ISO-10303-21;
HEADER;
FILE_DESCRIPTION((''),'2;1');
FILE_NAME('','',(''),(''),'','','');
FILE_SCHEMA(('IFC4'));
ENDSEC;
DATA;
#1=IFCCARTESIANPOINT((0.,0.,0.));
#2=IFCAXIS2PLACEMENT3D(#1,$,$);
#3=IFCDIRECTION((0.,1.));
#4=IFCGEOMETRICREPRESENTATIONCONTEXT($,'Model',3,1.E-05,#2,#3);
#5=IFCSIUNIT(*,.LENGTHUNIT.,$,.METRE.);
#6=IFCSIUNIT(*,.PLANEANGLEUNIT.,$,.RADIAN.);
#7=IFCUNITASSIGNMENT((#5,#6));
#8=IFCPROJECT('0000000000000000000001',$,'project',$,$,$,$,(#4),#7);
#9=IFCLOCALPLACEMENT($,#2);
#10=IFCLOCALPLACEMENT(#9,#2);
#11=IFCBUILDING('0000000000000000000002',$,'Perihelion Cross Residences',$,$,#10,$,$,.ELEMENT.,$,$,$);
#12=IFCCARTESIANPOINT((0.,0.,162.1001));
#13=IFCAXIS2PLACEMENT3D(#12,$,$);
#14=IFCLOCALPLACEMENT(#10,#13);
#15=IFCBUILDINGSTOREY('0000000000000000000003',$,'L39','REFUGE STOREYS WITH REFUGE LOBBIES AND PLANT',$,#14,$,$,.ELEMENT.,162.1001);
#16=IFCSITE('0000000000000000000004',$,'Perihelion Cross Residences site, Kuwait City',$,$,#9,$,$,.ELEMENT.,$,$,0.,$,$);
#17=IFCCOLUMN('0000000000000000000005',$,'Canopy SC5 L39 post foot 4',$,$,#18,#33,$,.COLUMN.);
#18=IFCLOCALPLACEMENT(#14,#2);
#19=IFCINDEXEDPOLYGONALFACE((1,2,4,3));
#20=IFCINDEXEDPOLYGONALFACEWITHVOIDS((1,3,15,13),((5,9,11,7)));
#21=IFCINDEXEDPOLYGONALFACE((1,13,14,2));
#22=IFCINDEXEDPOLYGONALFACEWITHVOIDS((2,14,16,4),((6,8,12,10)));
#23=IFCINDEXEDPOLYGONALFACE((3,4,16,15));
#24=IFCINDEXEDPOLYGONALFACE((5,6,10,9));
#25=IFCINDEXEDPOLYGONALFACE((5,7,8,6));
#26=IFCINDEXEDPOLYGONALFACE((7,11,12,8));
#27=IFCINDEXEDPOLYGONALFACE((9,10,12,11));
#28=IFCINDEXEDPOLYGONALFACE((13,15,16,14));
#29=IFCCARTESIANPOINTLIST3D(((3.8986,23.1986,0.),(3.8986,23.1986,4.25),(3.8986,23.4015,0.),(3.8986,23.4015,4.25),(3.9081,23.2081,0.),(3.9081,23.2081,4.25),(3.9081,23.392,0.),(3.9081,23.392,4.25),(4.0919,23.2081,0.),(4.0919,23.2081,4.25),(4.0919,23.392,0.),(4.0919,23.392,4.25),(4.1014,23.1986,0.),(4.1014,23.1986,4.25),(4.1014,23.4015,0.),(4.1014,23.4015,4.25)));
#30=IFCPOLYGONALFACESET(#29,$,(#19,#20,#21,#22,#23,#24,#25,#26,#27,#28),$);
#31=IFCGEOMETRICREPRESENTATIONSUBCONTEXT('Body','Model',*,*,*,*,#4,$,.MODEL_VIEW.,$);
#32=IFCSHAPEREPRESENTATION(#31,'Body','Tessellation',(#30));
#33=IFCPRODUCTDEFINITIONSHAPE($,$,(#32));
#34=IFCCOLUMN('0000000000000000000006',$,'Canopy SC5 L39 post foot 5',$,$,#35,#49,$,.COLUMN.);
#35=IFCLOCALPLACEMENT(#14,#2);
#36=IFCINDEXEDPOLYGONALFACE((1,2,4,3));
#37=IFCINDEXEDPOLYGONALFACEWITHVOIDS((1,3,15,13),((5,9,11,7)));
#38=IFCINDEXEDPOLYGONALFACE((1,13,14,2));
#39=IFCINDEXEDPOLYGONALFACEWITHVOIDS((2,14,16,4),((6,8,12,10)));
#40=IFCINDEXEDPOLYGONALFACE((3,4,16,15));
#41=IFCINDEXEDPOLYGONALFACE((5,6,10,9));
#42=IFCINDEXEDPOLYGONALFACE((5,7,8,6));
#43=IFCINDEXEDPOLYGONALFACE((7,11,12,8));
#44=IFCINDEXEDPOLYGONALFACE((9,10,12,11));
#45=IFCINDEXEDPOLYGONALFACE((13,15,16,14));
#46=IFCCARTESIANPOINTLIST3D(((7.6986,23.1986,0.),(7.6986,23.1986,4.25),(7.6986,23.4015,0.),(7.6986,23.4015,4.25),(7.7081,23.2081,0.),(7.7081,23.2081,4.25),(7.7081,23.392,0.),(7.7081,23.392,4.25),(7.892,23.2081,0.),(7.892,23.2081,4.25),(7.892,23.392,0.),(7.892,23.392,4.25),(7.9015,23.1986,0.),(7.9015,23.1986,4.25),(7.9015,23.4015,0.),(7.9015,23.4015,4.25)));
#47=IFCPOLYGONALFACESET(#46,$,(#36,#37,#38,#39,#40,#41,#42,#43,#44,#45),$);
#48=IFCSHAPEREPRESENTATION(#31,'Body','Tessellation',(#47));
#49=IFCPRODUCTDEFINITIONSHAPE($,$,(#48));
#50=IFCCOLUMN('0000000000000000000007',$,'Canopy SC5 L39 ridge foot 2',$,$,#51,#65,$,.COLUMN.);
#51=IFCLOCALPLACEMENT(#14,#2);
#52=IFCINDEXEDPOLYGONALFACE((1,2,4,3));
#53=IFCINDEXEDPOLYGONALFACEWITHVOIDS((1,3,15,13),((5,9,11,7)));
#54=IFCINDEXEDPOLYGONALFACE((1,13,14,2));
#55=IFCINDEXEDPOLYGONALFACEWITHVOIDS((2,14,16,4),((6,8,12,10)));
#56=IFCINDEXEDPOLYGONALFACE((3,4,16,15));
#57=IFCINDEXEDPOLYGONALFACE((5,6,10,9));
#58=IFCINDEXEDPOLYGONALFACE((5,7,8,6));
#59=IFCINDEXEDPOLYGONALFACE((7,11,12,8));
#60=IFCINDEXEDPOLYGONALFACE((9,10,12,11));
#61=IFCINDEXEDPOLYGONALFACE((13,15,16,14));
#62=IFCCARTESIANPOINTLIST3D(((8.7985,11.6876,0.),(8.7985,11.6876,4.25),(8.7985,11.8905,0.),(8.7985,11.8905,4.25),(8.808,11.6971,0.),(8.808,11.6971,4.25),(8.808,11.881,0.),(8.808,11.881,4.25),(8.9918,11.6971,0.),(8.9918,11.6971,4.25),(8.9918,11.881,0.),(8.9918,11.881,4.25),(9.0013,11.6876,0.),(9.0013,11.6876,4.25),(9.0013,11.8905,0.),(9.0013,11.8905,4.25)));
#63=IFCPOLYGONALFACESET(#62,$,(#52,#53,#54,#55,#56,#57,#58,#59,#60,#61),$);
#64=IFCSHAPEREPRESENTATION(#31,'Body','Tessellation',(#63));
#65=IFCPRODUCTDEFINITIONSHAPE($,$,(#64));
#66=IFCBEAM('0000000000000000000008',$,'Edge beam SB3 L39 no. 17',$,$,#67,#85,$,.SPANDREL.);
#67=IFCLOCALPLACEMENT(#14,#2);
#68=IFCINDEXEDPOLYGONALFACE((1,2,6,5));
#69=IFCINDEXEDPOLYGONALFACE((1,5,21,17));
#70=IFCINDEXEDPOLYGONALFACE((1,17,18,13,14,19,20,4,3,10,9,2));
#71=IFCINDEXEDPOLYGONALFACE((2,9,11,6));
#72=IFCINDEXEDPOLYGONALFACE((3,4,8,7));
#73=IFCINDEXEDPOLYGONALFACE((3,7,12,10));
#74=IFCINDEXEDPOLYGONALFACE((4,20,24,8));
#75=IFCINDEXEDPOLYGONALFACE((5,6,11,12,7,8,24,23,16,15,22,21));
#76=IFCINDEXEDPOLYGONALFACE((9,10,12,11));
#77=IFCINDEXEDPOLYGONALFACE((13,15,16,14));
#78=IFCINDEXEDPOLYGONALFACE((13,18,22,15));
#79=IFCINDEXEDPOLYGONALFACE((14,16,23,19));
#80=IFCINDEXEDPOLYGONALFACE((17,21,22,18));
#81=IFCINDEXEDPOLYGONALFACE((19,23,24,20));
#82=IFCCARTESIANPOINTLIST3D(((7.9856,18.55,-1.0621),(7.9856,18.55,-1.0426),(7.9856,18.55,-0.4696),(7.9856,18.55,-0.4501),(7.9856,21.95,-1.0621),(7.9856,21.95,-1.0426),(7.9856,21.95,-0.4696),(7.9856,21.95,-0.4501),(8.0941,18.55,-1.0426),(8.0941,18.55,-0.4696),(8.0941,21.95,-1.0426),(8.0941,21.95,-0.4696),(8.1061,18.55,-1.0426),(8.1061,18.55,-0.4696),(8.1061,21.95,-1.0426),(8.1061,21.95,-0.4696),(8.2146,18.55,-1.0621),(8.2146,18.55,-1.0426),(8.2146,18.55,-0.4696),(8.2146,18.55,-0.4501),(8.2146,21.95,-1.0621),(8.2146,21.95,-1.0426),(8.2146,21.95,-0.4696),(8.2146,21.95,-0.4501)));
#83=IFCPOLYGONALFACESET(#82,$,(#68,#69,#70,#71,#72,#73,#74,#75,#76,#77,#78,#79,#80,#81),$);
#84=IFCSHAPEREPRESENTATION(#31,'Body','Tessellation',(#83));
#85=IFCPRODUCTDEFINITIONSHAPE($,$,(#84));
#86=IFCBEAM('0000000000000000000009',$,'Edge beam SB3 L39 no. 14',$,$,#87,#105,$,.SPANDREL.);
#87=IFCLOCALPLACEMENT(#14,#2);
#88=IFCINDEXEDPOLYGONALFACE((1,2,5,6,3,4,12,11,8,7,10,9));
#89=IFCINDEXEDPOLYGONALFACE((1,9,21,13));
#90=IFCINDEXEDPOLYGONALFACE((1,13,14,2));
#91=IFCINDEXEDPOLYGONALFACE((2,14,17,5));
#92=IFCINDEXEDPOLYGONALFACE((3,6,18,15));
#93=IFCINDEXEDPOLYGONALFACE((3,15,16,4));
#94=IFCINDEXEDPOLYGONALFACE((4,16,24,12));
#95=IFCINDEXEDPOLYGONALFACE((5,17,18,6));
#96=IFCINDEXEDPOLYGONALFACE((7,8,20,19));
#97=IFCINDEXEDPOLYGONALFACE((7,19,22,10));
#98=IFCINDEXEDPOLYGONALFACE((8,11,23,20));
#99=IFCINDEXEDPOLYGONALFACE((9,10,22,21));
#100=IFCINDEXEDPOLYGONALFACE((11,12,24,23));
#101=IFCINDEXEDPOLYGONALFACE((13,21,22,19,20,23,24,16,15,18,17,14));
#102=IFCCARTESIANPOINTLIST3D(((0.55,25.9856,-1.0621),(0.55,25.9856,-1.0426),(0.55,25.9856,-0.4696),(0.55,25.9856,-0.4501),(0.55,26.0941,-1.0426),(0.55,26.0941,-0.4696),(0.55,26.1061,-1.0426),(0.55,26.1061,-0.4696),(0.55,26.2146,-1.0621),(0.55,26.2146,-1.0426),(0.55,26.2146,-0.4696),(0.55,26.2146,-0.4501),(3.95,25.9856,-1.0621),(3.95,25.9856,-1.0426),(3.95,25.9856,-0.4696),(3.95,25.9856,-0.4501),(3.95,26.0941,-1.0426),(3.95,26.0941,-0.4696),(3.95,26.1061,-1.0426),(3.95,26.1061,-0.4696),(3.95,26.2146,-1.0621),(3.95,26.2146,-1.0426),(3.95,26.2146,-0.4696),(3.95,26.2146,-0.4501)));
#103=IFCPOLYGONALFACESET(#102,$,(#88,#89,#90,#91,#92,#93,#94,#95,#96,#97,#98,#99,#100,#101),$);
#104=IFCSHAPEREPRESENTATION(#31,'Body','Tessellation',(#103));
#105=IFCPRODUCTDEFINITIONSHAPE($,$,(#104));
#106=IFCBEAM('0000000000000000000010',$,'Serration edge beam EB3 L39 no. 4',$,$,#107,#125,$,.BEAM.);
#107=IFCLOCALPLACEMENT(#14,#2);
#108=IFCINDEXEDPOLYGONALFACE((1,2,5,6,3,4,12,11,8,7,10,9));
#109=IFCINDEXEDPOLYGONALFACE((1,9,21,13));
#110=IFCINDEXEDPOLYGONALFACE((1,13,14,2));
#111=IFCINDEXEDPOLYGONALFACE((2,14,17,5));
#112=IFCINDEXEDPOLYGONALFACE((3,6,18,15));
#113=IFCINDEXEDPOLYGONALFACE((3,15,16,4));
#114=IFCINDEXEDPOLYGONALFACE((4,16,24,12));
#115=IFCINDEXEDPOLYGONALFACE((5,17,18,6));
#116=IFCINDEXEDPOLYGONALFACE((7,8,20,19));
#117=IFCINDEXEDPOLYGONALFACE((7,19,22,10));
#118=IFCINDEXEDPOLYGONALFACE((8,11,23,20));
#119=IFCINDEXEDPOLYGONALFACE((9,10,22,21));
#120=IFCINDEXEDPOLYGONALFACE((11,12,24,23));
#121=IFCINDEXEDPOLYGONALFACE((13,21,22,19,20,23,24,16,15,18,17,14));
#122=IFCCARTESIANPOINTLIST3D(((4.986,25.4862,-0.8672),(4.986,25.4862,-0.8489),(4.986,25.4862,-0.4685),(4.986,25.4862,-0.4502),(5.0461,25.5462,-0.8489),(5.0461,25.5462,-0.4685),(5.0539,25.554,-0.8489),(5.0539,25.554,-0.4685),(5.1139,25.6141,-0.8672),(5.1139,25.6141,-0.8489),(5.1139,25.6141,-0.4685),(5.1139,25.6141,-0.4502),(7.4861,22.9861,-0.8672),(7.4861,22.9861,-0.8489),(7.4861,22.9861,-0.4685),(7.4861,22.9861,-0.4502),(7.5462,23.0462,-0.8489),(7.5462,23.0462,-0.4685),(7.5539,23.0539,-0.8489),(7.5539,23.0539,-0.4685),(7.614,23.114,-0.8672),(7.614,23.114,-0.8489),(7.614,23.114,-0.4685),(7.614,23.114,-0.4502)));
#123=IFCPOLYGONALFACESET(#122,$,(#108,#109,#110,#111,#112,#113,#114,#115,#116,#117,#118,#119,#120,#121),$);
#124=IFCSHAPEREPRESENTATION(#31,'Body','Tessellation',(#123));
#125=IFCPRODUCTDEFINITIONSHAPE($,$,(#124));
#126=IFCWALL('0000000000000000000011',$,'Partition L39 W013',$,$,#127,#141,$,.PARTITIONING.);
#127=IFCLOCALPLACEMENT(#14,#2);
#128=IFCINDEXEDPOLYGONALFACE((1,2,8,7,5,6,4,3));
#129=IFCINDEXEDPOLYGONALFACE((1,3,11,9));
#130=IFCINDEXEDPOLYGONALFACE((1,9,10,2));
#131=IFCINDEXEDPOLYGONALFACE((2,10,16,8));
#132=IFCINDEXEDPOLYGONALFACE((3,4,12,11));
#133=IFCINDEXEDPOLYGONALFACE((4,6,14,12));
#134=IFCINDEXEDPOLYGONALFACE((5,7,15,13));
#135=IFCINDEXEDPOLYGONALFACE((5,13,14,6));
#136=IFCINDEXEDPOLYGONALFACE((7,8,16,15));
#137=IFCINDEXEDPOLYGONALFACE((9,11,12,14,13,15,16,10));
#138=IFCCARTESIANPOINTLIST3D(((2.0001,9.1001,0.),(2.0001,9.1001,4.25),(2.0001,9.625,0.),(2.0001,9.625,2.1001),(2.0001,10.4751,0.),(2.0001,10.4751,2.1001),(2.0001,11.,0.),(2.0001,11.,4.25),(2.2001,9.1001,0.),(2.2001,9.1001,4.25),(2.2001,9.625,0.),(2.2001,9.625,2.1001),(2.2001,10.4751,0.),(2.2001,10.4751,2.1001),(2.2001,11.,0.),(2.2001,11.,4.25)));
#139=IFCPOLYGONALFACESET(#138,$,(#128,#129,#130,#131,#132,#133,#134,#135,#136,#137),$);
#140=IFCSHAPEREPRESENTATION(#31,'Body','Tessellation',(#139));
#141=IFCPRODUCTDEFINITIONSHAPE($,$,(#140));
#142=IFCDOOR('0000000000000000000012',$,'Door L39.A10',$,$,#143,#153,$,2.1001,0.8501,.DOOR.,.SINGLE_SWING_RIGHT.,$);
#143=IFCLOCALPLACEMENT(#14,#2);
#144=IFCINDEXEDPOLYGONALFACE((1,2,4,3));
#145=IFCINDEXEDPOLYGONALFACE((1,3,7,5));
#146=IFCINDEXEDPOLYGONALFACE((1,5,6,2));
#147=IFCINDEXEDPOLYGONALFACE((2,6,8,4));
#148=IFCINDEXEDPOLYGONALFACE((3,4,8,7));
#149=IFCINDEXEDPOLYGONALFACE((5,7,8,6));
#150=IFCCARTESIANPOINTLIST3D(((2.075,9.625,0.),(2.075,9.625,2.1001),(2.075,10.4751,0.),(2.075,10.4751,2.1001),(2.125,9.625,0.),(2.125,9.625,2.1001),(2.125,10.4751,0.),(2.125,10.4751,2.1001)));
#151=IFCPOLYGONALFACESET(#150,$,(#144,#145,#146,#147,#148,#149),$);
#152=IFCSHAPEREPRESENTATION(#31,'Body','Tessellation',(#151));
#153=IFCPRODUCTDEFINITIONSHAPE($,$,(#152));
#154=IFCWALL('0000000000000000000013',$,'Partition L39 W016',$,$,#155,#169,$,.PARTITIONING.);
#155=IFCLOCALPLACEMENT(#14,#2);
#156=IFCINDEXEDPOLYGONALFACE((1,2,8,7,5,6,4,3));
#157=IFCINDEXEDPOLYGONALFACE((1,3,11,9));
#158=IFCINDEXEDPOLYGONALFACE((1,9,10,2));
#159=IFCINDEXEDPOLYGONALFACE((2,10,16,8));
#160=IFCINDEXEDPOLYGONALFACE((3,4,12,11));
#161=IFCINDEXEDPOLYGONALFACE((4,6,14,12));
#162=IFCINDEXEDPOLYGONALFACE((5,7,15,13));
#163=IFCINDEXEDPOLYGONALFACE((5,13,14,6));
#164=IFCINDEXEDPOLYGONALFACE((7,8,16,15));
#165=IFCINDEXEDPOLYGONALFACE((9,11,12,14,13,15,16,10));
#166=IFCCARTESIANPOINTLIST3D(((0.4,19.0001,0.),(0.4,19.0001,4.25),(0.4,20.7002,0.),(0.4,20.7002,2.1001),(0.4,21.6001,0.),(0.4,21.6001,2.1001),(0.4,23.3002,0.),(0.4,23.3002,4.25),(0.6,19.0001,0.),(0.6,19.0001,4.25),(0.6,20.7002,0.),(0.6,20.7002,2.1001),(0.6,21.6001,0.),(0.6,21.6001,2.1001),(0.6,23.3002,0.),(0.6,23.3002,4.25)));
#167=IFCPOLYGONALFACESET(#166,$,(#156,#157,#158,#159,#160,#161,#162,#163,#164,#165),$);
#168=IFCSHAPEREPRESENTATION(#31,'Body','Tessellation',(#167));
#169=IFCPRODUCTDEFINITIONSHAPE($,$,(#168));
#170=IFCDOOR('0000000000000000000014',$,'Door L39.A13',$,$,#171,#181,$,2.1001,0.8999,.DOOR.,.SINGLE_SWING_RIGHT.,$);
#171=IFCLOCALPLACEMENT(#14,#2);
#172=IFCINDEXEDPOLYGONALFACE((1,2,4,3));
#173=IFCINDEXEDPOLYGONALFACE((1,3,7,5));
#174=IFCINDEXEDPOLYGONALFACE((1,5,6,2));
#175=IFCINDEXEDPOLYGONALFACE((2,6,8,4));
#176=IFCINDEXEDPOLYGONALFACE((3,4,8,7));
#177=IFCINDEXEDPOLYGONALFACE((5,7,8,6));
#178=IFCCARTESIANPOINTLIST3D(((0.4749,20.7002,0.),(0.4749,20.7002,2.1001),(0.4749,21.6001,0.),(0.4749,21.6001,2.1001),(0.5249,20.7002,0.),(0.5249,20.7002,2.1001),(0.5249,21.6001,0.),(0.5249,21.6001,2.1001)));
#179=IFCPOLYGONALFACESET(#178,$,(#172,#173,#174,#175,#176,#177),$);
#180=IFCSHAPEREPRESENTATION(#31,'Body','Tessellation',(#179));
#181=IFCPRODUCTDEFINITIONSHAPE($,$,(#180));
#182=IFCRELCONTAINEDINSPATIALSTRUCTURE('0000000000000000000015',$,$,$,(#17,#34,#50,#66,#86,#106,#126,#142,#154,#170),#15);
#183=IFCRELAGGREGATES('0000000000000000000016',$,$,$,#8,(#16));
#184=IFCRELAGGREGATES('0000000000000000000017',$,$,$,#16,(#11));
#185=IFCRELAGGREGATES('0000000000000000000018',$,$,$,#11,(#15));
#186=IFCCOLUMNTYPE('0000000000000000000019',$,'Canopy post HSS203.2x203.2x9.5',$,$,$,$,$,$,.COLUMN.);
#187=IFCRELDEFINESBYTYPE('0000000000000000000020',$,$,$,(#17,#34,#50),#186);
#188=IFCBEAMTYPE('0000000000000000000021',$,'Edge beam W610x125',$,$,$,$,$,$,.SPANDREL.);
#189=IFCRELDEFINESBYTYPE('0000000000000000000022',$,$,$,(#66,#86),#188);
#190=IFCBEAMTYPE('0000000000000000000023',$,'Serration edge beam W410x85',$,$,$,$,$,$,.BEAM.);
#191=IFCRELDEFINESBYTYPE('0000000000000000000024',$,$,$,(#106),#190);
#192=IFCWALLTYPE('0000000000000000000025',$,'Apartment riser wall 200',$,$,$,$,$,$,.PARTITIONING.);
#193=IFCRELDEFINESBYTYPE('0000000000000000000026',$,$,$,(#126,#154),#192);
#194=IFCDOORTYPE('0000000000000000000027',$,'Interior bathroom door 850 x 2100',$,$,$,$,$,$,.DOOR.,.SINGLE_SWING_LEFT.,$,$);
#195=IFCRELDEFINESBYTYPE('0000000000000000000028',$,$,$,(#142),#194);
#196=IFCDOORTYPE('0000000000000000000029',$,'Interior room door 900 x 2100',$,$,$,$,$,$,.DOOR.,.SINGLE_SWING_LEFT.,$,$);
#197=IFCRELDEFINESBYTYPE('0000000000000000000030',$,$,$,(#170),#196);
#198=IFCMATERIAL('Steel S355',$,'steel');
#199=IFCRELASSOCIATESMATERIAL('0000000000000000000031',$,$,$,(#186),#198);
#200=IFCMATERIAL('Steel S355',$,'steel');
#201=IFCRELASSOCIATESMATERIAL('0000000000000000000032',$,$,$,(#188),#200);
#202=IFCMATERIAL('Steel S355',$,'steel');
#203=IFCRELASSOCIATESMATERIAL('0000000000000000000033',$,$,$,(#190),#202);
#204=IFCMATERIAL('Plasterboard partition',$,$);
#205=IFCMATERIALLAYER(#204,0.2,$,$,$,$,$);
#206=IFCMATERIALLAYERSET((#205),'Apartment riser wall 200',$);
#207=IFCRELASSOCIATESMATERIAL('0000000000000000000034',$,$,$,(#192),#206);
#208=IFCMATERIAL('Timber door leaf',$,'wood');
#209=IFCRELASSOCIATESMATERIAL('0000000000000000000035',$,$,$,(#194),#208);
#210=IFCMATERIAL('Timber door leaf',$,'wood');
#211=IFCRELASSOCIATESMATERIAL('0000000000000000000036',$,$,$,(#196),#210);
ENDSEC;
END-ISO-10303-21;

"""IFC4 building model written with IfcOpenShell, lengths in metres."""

from ifc_helpers import new_model, si_unit, direction, frame, frame_2d, origin, origin_2d, place, context, subcontext, project, spatial, rectangle, hollow_rectangle, i_section, extrude, material, layer, layer_set, material_profile, profile_set, type_object, element, fill, save


model = new_model("IFC4")

# Units and contexts
model_context = context("Model", 3, precision=1e-05, world=origin(), true_north=direction((0.0, 1.0)))
body_context = subcontext(model_context, "Body", "Model", "MODEL_VIEW")
ifc_project = project(units=[si_unit("LENGTHUNIT", "METRE"), si_unit("PLANEANGLEUNIT", "RADIAN")], contexts=[model_context])

# Site, building, storey
site_placement = place(None, origin())
site = spatial("IfcSite", under=ifc_project, at=site_placement, Name="Perihelion Cross Residences site, Kuwait City", CompositionType="ELEMENT", RefElevation=0.0)
building_placement = place(site_placement, origin())
building = spatial("IfcBuilding", under=site, at=building_placement, Name="Perihelion Cross Residences", CompositionType="ELEMENT")
storey_placement = place(building_placement, frame((0.0, 0.0, 162.1001)))
storey = spatial("IfcBuildingStorey", under=building, at=storey_placement, Name="L39", Description="REFUGE STOREYS WITH REFUGE LOBBIES AND PLANT", CompositionType="ELEMENT", Elevation=162.1001)

# Columns
ifc_material_1 = material(Name="Steel S355", Category="steel")
ifc_material_profile_1 = material_profile(ifc_material_1, hollow_rectangle(XDim=0.2029, YDim=0.2029, WallThickness=0.0095, at=origin_2d()), Name="HSS203.2x203.2x9.5")
ifc_profile_set_1 = profile_set([ifc_material_profile_1], Name="Steel S355")
column_type = type_object("IfcColumnType", Name="Canopy post HSS203.2x203.2x9.5", PredefinedType="COLUMN", material=ifc_profile_set_1)
for number, where, z_axis, x_axis, name in (
    (1, (4.0, 23.3, 0.0), (0.0, 0.0, 1.0), (1.0, 0.0, 0.0), "Canopy SC5 L39 post foot 4"),
    (2, (7.8, 23.3, 0.0), (0.0, 0.0, 1.0), (1.0, 0.0, 0.0), "Canopy SC5 L39 post foot 5"),
    (3, (8.8999, 11.7891, 0.0), (0.0, 0.0, 1.0), (1.0, 0.0, 0.0), "Canopy SC5 L39 ridge foot 2"),
):
    element("IfcColumn", number, at=place(storey_placement, frame(where, z_axis=z_axis, x_axis=x_axis)), inside=storey, type_object=column_type, Name=name, PredefinedType="COLUMN", context=body_context, shape_type="SweptSolid", body=[
        extrude(hollow_rectangle(XDim=0.2029, YDim=0.2029, WallThickness=0.0095, at=origin_2d()), origin(), (0.0, 0.0, 1.0), 4.25),
    ])

# Beams
ifc_material_2 = material(Name="Steel S355", Category="steel")
ifc_material_profile_2 = material_profile(ifc_material_2, i_section(OverallWidth=0.229, OverallDepth=0.6121, WebThickness=0.012, FlangeThickness=0.0195, at=origin_2d()), Name="W610x125")
ifc_profile_set_2 = profile_set([ifc_material_profile_2], Name="Steel S355")
beam_type_1 = type_object("IfcBeamType", Name="Edge beam W610x125", PredefinedType="SPANDREL", material=ifc_profile_set_2)
for number, where, z_axis, x_axis, name in (
    (4, (8.1001, 18.55, -0.7561), (0.0, 1.0, 0.0), (-1.0, 0.0, 0.0), "Edge beam SB3 L39 no. 17"),
    (5, (3.95, 26.1001, -0.7561), (-1.0, 0.0, 0.0), (0.0, -1.0, 0.0), "Edge beam SB3 L39 no. 14"),
):
    element("IfcBeam", number, at=place(storey_placement, frame(where, z_axis=z_axis, x_axis=x_axis)), inside=storey, type_object=beam_type_1, Name=name, PredefinedType="SPANDREL", context=body_context, shape_type="SweptSolid", body=[
        extrude(i_section(OverallWidth=0.229, OverallDepth=0.6121, WebThickness=0.012, FlangeThickness=0.0195, at=origin_2d()), origin(), (0.0, 0.0, 1.0), 3.3999),
    ])
ifc_material_3 = material(Name="Steel S355", Category="steel")
ifc_material_profile_3 = material_profile(ifc_material_3, i_section(OverallWidth=0.1809, OverallDepth=0.417, WebThickness=0.011, FlangeThickness=0.0183, at=origin_2d()), Name="W410x85")
ifc_profile_set_3 = profile_set([ifc_material_profile_3], Name="Steel S355")
beam_type_2 = type_object("IfcBeamType", Name="Serration edge beam W410x85", PredefinedType="BEAM", material=ifc_profile_set_3)
beam_placement = place(storey_placement, frame((7.55, 23.05, -0.6587), z_axis=(-0.707107, 0.707107, 0.0), x_axis=(-0.707107, -0.707107, 0.0)))
element("IfcBeam", 6, at=beam_placement, inside=storey, type_object=beam_type_2, Name="Serration edge beam EB3 L39 no. 4", PredefinedType="BEAM", context=body_context, shape_type="SweptSolid", body=[
    extrude(i_section(OverallWidth=0.1809, OverallDepth=0.417, WebThickness=0.011, FlangeThickness=0.0183, at=origin_2d()), origin(), (0.0, 0.0, 1.0), 3.5356),
])

# Walls, openings, doors
ifc_material_4 = material(Name="Plasterboard partition")
ifc_layer_1 = layer(ifc_material_4, 0.2)
ifc_layer_set_1 = layer_set([ifc_layer_1], Name="Apartment riser wall 200")
wall_type_1 = type_object("IfcWallType", Name="Apartment riser wall 200", PredefinedType="PARTITIONING", material=ifc_layer_set_1)
wall_1_placement = place(storey_placement, frame((2.1001, 11.0, 0.0), z_axis=(0.0, 0.0, 1.0), x_axis=(0.0, -1.0, 0.0)))
wall_1 = element("IfcWall", 7, at=wall_1_placement, inside=storey, type_object=wall_type_1, Name="Partition L39 W013", PredefinedType="PARTITIONING", context=body_context, shape_type="SweptSolid", body=[
    extrude(rectangle(XDim=1.8999, YDim=0.2, at=frame_2d((0.95, 0.0))), origin(), (0.0, 0.0, 1.0), 4.25),
])
opening_1_placement = place(wall_1_placement, frame((0.5249, 0.0, 0.0)))
opening_1 = element("IfcOpeningElement", 8, at=opening_1_placement, cuts=wall_1, PredefinedType="OPENING", context=body_context, shape_type="SweptSolid", body=[
    extrude(rectangle(XDim=0.8501, YDim=2.1001, at=frame_2d((0.425, 1.05))), frame((0.0, 0.1099, 0.0), z_axis=(0.0, -1.0, 0.0), x_axis=(1.0, 0.0, 0.0)), (0.0, 0.0, 1.0), 0.22),
])
ifc_material_5 = material(Name="Timber door leaf", Category="wood")
door_type_1 = type_object("IfcDoorType", Name="Interior bathroom door 850 x 2100", OperationType="SINGLE_SWING_LEFT", PredefinedType="DOOR", material=ifc_material_5)
door_1_placement = place(opening_1_placement, origin())
door_1 = element("IfcDoor", 9, at=door_1_placement, inside=storey, type_object=door_type_1, Name="Door L39.A10", OperationType="SINGLE_SWING_RIGHT", OverallHeight=2.1001, OverallWidth=0.8501, PredefinedType="DOOR", context=body_context, shape_type="SweptSolid", body=[
    extrude(rectangle(XDim=0.8501, YDim=2.1001, at=frame_2d((0.425, 1.05))), frame((0.0, 0.0249, 0.0), z_axis=(0.0, -1.0, 0.0), x_axis=(1.0, 0.0, 0.0)), (0.0, 0.0, 1.0), 0.05),
])
fill(opening_1, door_1)
wall_2_placement = place(storey_placement, frame((0.5, 23.3, 0.0), z_axis=(0.0, 0.0, 1.0), x_axis=(0.0, -1.0, 0.0)))
wall_2 = element("IfcWall", 10, at=wall_2_placement, inside=storey, type_object=wall_type_1, Name="Partition L39 W016", PredefinedType="PARTITIONING", context=body_context, shape_type="SweptSolid", body=[
    extrude(rectangle(XDim=4.3, YDim=0.2, at=frame_2d((2.1499, 0.0))), origin(), (0.0, 0.0, 1.0), 4.25),
])
opening_2_placement = place(wall_2_placement, frame((1.7, 0.0, 0.0)))
opening_2 = element("IfcOpeningElement", 11, at=opening_2_placement, cuts=wall_2, PredefinedType="OPENING", context=body_context, shape_type="SweptSolid", body=[
    extrude(rectangle(XDim=0.8999, YDim=2.1001, at=frame_2d((0.45, 1.05))), frame((0.0, 0.1099, 0.0), z_axis=(0.0, -1.0, 0.0), x_axis=(1.0, 0.0, 0.0)), (0.0, 0.0, 1.0), 0.22),
])
ifc_material_6 = material(Name="Timber door leaf", Category="wood")
door_type_2 = type_object("IfcDoorType", Name="Interior room door 900 x 2100", OperationType="SINGLE_SWING_LEFT", PredefinedType="DOOR", material=ifc_material_6)
door_2_placement = place(opening_2_placement, origin())
door_2 = element("IfcDoor", 12, at=door_2_placement, inside=storey, type_object=door_type_2, Name="Door L39.A13", OperationType="SINGLE_SWING_RIGHT", OverallHeight=2.1001, OverallWidth=0.8999, PredefinedType="DOOR", context=body_context, shape_type="SweptSolid", body=[
    extrude(rectangle(XDim=0.8999, YDim=2.1001, at=frame_2d((0.45, 1.05))), frame((0.0, 0.0249, 0.0), z_axis=(0.0, -1.0, 0.0), x_axis=(1.0, 0.0, 0.0)), (0.0, 0.0, 1.0), 0.05),
])
fill(opening_2, door_2)

save(model, "model.ifc")
